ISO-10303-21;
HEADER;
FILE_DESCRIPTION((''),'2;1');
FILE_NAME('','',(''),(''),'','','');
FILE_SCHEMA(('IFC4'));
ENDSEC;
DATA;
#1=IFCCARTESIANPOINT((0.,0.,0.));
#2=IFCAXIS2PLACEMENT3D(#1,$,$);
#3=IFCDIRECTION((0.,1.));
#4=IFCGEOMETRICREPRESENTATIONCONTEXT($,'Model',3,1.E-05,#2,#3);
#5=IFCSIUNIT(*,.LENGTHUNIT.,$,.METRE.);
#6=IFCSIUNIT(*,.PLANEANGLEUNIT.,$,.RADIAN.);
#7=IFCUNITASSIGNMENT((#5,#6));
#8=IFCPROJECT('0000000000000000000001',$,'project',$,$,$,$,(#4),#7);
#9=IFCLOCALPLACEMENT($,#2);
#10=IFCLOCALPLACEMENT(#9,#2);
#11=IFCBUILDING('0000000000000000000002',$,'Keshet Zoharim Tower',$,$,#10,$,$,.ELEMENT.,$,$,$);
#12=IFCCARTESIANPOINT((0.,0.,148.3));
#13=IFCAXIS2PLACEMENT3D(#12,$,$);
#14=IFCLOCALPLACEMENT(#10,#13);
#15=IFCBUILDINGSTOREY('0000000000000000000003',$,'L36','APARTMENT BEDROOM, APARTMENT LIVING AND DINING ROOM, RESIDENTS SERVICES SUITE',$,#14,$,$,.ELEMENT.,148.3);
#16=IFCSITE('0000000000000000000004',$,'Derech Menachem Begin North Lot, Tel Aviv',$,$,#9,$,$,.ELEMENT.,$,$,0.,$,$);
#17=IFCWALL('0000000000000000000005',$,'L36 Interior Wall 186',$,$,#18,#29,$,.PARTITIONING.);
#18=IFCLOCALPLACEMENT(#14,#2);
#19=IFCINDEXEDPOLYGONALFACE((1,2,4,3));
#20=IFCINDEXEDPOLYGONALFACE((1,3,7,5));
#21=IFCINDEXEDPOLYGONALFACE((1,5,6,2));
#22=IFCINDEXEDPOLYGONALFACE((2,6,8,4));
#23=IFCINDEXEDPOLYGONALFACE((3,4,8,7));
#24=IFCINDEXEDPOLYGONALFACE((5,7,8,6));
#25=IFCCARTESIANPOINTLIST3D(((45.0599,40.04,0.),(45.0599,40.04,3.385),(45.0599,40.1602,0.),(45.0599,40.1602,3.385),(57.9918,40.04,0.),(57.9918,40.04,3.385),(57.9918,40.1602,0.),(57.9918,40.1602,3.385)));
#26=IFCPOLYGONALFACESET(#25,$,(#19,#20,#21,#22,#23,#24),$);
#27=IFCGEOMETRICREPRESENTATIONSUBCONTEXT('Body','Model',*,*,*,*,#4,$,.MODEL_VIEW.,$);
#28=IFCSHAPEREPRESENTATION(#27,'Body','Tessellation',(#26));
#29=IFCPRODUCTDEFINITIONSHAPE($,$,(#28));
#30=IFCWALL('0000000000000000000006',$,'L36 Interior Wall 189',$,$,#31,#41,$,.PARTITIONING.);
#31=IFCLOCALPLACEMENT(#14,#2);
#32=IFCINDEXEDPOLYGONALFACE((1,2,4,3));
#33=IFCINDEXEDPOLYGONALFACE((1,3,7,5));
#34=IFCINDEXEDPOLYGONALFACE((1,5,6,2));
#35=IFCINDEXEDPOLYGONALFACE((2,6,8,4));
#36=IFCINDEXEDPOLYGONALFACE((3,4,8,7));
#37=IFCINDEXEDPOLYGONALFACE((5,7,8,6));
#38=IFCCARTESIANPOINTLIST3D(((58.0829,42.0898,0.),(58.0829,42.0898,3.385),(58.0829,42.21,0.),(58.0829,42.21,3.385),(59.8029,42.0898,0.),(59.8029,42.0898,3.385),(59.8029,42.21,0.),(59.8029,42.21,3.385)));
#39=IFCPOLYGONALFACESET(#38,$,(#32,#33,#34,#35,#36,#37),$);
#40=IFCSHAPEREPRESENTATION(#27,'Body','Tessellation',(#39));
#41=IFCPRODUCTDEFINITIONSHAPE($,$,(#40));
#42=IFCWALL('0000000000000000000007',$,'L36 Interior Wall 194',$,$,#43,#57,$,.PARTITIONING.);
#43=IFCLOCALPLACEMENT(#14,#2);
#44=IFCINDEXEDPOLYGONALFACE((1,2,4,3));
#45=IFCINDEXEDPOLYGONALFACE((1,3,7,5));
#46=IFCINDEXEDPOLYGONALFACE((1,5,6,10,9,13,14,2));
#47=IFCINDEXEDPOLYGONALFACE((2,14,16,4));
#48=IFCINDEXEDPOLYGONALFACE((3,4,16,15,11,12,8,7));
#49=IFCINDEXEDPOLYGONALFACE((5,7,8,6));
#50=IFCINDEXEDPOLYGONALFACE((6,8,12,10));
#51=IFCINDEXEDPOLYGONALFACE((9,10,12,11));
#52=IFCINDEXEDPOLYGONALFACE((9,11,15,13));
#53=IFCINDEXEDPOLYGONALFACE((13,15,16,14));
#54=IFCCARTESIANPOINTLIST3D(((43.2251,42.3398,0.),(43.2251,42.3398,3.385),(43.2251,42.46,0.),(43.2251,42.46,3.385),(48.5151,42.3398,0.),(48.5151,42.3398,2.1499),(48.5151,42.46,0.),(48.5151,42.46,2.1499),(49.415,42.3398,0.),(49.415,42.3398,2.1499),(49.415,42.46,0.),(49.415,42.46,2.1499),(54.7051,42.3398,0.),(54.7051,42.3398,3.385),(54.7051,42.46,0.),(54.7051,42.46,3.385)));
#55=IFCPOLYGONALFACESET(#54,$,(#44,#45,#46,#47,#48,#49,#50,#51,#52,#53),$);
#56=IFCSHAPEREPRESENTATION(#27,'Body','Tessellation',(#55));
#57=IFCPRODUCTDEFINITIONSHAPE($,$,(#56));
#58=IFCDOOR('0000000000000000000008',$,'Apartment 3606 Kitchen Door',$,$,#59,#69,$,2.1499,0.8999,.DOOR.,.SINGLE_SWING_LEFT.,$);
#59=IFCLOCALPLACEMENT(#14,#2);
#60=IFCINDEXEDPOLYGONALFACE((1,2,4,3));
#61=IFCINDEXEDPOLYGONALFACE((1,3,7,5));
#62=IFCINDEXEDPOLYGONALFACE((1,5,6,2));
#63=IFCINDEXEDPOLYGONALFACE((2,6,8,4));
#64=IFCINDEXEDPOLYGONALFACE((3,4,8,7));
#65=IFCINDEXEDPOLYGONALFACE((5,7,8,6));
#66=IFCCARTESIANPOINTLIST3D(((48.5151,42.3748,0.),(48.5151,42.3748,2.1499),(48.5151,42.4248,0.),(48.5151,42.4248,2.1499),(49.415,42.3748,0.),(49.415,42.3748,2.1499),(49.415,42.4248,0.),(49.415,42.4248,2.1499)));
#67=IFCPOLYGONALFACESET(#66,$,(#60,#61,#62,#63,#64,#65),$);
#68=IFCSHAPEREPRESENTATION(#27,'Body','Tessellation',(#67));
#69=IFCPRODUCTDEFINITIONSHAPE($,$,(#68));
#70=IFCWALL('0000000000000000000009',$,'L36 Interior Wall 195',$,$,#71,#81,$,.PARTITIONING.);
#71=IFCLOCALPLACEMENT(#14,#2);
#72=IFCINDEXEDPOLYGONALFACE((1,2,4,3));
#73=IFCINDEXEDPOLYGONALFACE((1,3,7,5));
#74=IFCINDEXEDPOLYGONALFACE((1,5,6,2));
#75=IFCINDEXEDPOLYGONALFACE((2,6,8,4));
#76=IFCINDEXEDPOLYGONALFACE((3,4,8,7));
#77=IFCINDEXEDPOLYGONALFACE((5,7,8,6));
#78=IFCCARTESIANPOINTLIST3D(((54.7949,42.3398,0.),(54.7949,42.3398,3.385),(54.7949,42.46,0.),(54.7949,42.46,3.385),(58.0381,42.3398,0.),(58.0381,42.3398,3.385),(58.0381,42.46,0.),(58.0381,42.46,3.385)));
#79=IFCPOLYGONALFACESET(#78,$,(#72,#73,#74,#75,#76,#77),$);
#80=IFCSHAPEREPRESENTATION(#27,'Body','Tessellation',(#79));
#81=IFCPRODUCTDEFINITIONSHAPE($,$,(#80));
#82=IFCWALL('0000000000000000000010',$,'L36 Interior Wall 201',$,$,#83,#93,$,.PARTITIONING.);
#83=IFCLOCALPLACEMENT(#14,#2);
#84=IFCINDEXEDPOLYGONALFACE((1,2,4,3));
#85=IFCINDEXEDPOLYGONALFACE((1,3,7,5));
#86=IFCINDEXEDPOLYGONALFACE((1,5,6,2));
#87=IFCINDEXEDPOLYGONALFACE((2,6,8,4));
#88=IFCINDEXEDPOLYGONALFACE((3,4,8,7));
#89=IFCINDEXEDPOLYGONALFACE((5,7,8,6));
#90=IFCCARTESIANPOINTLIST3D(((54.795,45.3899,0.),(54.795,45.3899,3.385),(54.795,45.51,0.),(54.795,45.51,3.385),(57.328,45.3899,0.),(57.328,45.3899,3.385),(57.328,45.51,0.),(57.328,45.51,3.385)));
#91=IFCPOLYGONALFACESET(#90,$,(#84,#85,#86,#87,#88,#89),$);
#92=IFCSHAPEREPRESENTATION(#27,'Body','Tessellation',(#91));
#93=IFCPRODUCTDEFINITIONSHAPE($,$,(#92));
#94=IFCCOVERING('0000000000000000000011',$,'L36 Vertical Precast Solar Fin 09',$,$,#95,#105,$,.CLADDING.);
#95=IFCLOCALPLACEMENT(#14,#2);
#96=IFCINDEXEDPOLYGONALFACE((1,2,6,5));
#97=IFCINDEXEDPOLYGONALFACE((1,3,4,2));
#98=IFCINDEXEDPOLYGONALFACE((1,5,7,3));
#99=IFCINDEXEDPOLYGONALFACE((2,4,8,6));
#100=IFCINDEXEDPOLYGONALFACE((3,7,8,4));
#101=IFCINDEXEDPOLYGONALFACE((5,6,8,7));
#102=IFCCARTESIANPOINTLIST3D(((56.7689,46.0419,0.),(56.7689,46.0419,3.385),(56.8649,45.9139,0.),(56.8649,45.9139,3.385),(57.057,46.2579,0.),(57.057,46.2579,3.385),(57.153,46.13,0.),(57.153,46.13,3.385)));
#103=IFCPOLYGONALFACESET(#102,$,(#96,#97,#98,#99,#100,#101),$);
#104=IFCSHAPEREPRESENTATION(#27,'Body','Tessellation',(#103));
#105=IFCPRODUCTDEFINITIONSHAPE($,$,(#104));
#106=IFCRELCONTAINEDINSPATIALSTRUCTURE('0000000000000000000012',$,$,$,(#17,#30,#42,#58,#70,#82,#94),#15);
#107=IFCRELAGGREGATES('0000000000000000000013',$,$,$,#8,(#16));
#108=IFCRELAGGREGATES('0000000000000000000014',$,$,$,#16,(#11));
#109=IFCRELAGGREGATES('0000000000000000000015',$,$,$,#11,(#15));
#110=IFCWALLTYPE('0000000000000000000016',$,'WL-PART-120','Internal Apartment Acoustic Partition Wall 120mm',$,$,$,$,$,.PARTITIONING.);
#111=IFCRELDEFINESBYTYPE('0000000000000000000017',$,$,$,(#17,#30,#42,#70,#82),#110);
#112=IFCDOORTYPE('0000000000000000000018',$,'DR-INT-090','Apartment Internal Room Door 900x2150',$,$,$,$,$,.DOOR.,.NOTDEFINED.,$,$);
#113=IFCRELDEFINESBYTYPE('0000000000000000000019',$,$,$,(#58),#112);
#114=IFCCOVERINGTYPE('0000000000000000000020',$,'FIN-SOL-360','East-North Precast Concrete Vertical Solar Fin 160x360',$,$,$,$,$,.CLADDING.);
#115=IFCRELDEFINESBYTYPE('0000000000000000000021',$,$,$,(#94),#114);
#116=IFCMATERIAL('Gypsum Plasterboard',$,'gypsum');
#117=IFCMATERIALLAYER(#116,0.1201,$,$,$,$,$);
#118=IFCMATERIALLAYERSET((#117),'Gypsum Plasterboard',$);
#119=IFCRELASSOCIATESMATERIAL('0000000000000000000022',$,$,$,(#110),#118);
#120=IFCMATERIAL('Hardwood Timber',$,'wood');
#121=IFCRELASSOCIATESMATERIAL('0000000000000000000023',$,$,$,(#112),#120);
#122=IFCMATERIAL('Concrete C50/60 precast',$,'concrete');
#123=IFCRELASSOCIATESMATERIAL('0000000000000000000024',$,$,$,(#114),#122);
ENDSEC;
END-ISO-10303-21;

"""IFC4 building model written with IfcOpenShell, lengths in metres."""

from ifc_helpers import new_model, si_unit, direction, frame, frame_2d, origin, origin_2d, place, context, subcontext, project, spatial, rectangle, extrude, material, layer, layer_set, type_object, element, fill, save


model = new_model("IFC4")

# Units and contexts
model_context = context("Model", 3, precision=1e-05, world=origin(), true_north=direction((0.0, 1.0)))
body_context = subcontext(model_context, "Body", "Model", "MODEL_VIEW")
ifc_project = project(units=[si_unit("LENGTHUNIT", "METRE"), si_unit("PLANEANGLEUNIT", "RADIAN")], contexts=[model_context])

# Site, building, storey
site_placement = place(None, origin())
site = spatial("IfcSite", under=ifc_project, at=site_placement, Name="Derech Menachem Begin North Lot, Tel Aviv", CompositionType="ELEMENT", RefElevation=0.0)
building_placement = place(site_placement, origin())
building = spatial("IfcBuilding", under=site, at=building_placement, Name="Keshet Zoharim Tower", CompositionType="ELEMENT")
storey_placement = place(building_placement, frame((0.0, 0.0, 148.3)))
storey = spatial("IfcBuildingStorey", under=building, at=storey_placement, Name="L36", Description="APARTMENT BEDROOM, APARTMENT LIVING AND DINING ROOM, RESIDENTS SERVICES SUITE", CompositionType="ELEMENT", Elevation=148.3)

# Shared definitions
ifc_material_1 = material(Name="Gypsum Plasterboard", Category="gypsum")
ifc_layer_1 = layer(ifc_material_1, 0.1201)
ifc_layer_set_1 = layer_set([ifc_layer_1], Name="Gypsum Plasterboard")
wall_type_1 = type_object("IfcWallType", Name="WL-PART-120", Description="Internal Apartment Acoustic Partition Wall 120mm", PredefinedType="PARTITIONING", material=ifc_layer_set_1)

# Shared definitions
ifc_material_2 = material(Name="Hardwood Timber", Category="wood")
door_type = type_object("IfcDoorType", Name="DR-INT-090", Description="Apartment Internal Room Door 900x2150", OperationType="NOTDEFINED", PredefinedType="DOOR", material=ifc_material_2)

# Walls
wall_1_placement = place(storey_placement, frame((45.0601, 40.1001, 0.0), z_axis=(0.0, 0.0, 1.0), x_axis=(1.0, 0.0, 0.0)))
element("IfcWall", 1, at=wall_1_placement, inside=storey, type_object=wall_type_1, Name="L36 Interior Wall 186", PredefinedType="PARTITIONING", context=body_context, shape_type="SweptSolid", body=[
    extrude(rectangle(XDim=12.9319, YDim=0.1201, at=frame_2d((6.4658, 0.0))), origin(), (0.0, 0.0, 1.0), 3.385),
])
wall_2_placement = place(storey_placement, frame((58.083, 42.1499, 0.0), z_axis=(0.0, 0.0, 1.0), x_axis=(1.0, 0.0, 0.0)))
element("IfcWall", 2, at=wall_2_placement, inside=storey, type_object=wall_type_1, Name="L36 Interior Wall 189", PredefinedType="PARTITIONING", context=body_context, shape_type="SweptSolid", body=[
    extrude(rectangle(XDim=1.72, YDim=0.1201, at=frame_2d((0.8599, 0.0))), origin(), (0.0, 0.0, 1.0), 3.385),
])

# Wall, opening, door
wall_3_placement = place(storey_placement, frame((43.2251, 42.3999, 0.0), z_axis=(0.0, 0.0, 1.0), x_axis=(1.0, 0.0, 0.0)))
wall_3 = element("IfcWall", 3, at=wall_3_placement, inside=storey, type_object=wall_type_1, Name="L36 Interior Wall 194", PredefinedType="PARTITIONING", context=body_context, shape_type="SweptSolid", body=[
    extrude(rectangle(XDim=11.48, YDim=0.1201, at=frame_2d((5.74, 0.0))), origin(), (0.0, 0.0, 1.0), 3.385),
])
opening_1_placement = place(wall_3_placement, frame((5.29, 0.0, 0.0)))
opening_1 = element("IfcOpeningElement", 4, at=opening_1_placement, cuts=wall_3, PredefinedType="OPENING", context=body_context, shape_type="SweptSolid", body=[
    extrude(rectangle(XDim=0.8999, YDim=2.1499, at=frame_2d((0.45, 1.075))), frame((0.0, 0.0701, 0.0), z_axis=(0.0, -1.0, 0.0), x_axis=(1.0, 0.0, 0.0)), (0.0, 0.0, 1.0), 0.1401),
])
door_1_placement = place(opening_1_placement, origin())
door_1 = element("IfcDoor", 5, at=door_1_placement, inside=storey, type_object=door_type, Name="Apartment 3606 Kitchen Door", OperationType="SINGLE_SWING_LEFT", OverallHeight=2.1499, OverallWidth=0.8999, PredefinedType="DOOR", context=body_context, shape_type="SweptSolid", body=[
    extrude(rectangle(XDim=0.8999, YDim=2.1499, at=frame_2d((0.45, 1.075))), frame((0.0, 0.0249, 0.0), z_axis=(0.0, -1.0, 0.0), x_axis=(1.0, 0.0, 0.0)), (0.0, 0.0, 1.0), 0.05),
])
fill(opening_1, door_1)

# Walls
wall_4_placement = place(storey_placement, frame((54.7949, 42.3999, 0.0), z_axis=(0.0, 0.0, 1.0), x_axis=(1.0, 0.0, 0.0)))
element("IfcWall", 6, at=wall_4_placement, inside=storey, type_object=wall_type_1, Name="L36 Interior Wall 195", PredefinedType="PARTITIONING", context=body_context, shape_type="SweptSolid", body=[
    extrude(rectangle(XDim=3.2432, YDim=0.1201, at=frame_2d((1.6216, 0.0))), origin(), (0.0, 0.0, 1.0), 3.385),
])
wall_5_placement = place(storey_placement, frame((54.7949, 45.45, 0.0), z_axis=(0.0, 0.0, 1.0), x_axis=(1.0, 0.0, 0.0)))
element("IfcWall", 7, at=wall_5_placement, inside=storey, type_object=wall_type_1, Name="L36 Interior Wall 201", PredefinedType="PARTITIONING", context=body_context, shape_type="SweptSolid", body=[
    extrude(rectangle(XDim=2.533, YDim=0.1201, at=frame_2d((1.2666, 0.0))), origin(), (0.0, 0.0, 1.0), 3.385),
])

# Covering
ifc_material_3 = material(Name="Concrete C50/60 precast", Category="concrete")
covering_type = type_object("IfcCoveringType", Name="FIN-SOL-360", Description="East-North Precast Concrete Vertical Solar Fin 160x360", PredefinedType="CLADDING", material=ifc_material_3)
covering_placement = place(storey_placement, frame((56.9609, 46.0859, 0.0), z_axis=(0.0, 0.0, 1.0), x_axis=(0.6, -0.8, 0.0)))
element("IfcCovering", 8, at=covering_placement, inside=storey, type_object=covering_type, Name="L36 Vertical Precast Solar Fin 09", PredefinedType="CLADDING", context=body_context, shape_type="SweptSolid", body=[
    extrude(rectangle(XDim=0.1599, YDim=0.3601, at=origin_2d()), origin(), (0.0, 0.0, 1.0), 3.385),
])

save(model, "model.ifc")
